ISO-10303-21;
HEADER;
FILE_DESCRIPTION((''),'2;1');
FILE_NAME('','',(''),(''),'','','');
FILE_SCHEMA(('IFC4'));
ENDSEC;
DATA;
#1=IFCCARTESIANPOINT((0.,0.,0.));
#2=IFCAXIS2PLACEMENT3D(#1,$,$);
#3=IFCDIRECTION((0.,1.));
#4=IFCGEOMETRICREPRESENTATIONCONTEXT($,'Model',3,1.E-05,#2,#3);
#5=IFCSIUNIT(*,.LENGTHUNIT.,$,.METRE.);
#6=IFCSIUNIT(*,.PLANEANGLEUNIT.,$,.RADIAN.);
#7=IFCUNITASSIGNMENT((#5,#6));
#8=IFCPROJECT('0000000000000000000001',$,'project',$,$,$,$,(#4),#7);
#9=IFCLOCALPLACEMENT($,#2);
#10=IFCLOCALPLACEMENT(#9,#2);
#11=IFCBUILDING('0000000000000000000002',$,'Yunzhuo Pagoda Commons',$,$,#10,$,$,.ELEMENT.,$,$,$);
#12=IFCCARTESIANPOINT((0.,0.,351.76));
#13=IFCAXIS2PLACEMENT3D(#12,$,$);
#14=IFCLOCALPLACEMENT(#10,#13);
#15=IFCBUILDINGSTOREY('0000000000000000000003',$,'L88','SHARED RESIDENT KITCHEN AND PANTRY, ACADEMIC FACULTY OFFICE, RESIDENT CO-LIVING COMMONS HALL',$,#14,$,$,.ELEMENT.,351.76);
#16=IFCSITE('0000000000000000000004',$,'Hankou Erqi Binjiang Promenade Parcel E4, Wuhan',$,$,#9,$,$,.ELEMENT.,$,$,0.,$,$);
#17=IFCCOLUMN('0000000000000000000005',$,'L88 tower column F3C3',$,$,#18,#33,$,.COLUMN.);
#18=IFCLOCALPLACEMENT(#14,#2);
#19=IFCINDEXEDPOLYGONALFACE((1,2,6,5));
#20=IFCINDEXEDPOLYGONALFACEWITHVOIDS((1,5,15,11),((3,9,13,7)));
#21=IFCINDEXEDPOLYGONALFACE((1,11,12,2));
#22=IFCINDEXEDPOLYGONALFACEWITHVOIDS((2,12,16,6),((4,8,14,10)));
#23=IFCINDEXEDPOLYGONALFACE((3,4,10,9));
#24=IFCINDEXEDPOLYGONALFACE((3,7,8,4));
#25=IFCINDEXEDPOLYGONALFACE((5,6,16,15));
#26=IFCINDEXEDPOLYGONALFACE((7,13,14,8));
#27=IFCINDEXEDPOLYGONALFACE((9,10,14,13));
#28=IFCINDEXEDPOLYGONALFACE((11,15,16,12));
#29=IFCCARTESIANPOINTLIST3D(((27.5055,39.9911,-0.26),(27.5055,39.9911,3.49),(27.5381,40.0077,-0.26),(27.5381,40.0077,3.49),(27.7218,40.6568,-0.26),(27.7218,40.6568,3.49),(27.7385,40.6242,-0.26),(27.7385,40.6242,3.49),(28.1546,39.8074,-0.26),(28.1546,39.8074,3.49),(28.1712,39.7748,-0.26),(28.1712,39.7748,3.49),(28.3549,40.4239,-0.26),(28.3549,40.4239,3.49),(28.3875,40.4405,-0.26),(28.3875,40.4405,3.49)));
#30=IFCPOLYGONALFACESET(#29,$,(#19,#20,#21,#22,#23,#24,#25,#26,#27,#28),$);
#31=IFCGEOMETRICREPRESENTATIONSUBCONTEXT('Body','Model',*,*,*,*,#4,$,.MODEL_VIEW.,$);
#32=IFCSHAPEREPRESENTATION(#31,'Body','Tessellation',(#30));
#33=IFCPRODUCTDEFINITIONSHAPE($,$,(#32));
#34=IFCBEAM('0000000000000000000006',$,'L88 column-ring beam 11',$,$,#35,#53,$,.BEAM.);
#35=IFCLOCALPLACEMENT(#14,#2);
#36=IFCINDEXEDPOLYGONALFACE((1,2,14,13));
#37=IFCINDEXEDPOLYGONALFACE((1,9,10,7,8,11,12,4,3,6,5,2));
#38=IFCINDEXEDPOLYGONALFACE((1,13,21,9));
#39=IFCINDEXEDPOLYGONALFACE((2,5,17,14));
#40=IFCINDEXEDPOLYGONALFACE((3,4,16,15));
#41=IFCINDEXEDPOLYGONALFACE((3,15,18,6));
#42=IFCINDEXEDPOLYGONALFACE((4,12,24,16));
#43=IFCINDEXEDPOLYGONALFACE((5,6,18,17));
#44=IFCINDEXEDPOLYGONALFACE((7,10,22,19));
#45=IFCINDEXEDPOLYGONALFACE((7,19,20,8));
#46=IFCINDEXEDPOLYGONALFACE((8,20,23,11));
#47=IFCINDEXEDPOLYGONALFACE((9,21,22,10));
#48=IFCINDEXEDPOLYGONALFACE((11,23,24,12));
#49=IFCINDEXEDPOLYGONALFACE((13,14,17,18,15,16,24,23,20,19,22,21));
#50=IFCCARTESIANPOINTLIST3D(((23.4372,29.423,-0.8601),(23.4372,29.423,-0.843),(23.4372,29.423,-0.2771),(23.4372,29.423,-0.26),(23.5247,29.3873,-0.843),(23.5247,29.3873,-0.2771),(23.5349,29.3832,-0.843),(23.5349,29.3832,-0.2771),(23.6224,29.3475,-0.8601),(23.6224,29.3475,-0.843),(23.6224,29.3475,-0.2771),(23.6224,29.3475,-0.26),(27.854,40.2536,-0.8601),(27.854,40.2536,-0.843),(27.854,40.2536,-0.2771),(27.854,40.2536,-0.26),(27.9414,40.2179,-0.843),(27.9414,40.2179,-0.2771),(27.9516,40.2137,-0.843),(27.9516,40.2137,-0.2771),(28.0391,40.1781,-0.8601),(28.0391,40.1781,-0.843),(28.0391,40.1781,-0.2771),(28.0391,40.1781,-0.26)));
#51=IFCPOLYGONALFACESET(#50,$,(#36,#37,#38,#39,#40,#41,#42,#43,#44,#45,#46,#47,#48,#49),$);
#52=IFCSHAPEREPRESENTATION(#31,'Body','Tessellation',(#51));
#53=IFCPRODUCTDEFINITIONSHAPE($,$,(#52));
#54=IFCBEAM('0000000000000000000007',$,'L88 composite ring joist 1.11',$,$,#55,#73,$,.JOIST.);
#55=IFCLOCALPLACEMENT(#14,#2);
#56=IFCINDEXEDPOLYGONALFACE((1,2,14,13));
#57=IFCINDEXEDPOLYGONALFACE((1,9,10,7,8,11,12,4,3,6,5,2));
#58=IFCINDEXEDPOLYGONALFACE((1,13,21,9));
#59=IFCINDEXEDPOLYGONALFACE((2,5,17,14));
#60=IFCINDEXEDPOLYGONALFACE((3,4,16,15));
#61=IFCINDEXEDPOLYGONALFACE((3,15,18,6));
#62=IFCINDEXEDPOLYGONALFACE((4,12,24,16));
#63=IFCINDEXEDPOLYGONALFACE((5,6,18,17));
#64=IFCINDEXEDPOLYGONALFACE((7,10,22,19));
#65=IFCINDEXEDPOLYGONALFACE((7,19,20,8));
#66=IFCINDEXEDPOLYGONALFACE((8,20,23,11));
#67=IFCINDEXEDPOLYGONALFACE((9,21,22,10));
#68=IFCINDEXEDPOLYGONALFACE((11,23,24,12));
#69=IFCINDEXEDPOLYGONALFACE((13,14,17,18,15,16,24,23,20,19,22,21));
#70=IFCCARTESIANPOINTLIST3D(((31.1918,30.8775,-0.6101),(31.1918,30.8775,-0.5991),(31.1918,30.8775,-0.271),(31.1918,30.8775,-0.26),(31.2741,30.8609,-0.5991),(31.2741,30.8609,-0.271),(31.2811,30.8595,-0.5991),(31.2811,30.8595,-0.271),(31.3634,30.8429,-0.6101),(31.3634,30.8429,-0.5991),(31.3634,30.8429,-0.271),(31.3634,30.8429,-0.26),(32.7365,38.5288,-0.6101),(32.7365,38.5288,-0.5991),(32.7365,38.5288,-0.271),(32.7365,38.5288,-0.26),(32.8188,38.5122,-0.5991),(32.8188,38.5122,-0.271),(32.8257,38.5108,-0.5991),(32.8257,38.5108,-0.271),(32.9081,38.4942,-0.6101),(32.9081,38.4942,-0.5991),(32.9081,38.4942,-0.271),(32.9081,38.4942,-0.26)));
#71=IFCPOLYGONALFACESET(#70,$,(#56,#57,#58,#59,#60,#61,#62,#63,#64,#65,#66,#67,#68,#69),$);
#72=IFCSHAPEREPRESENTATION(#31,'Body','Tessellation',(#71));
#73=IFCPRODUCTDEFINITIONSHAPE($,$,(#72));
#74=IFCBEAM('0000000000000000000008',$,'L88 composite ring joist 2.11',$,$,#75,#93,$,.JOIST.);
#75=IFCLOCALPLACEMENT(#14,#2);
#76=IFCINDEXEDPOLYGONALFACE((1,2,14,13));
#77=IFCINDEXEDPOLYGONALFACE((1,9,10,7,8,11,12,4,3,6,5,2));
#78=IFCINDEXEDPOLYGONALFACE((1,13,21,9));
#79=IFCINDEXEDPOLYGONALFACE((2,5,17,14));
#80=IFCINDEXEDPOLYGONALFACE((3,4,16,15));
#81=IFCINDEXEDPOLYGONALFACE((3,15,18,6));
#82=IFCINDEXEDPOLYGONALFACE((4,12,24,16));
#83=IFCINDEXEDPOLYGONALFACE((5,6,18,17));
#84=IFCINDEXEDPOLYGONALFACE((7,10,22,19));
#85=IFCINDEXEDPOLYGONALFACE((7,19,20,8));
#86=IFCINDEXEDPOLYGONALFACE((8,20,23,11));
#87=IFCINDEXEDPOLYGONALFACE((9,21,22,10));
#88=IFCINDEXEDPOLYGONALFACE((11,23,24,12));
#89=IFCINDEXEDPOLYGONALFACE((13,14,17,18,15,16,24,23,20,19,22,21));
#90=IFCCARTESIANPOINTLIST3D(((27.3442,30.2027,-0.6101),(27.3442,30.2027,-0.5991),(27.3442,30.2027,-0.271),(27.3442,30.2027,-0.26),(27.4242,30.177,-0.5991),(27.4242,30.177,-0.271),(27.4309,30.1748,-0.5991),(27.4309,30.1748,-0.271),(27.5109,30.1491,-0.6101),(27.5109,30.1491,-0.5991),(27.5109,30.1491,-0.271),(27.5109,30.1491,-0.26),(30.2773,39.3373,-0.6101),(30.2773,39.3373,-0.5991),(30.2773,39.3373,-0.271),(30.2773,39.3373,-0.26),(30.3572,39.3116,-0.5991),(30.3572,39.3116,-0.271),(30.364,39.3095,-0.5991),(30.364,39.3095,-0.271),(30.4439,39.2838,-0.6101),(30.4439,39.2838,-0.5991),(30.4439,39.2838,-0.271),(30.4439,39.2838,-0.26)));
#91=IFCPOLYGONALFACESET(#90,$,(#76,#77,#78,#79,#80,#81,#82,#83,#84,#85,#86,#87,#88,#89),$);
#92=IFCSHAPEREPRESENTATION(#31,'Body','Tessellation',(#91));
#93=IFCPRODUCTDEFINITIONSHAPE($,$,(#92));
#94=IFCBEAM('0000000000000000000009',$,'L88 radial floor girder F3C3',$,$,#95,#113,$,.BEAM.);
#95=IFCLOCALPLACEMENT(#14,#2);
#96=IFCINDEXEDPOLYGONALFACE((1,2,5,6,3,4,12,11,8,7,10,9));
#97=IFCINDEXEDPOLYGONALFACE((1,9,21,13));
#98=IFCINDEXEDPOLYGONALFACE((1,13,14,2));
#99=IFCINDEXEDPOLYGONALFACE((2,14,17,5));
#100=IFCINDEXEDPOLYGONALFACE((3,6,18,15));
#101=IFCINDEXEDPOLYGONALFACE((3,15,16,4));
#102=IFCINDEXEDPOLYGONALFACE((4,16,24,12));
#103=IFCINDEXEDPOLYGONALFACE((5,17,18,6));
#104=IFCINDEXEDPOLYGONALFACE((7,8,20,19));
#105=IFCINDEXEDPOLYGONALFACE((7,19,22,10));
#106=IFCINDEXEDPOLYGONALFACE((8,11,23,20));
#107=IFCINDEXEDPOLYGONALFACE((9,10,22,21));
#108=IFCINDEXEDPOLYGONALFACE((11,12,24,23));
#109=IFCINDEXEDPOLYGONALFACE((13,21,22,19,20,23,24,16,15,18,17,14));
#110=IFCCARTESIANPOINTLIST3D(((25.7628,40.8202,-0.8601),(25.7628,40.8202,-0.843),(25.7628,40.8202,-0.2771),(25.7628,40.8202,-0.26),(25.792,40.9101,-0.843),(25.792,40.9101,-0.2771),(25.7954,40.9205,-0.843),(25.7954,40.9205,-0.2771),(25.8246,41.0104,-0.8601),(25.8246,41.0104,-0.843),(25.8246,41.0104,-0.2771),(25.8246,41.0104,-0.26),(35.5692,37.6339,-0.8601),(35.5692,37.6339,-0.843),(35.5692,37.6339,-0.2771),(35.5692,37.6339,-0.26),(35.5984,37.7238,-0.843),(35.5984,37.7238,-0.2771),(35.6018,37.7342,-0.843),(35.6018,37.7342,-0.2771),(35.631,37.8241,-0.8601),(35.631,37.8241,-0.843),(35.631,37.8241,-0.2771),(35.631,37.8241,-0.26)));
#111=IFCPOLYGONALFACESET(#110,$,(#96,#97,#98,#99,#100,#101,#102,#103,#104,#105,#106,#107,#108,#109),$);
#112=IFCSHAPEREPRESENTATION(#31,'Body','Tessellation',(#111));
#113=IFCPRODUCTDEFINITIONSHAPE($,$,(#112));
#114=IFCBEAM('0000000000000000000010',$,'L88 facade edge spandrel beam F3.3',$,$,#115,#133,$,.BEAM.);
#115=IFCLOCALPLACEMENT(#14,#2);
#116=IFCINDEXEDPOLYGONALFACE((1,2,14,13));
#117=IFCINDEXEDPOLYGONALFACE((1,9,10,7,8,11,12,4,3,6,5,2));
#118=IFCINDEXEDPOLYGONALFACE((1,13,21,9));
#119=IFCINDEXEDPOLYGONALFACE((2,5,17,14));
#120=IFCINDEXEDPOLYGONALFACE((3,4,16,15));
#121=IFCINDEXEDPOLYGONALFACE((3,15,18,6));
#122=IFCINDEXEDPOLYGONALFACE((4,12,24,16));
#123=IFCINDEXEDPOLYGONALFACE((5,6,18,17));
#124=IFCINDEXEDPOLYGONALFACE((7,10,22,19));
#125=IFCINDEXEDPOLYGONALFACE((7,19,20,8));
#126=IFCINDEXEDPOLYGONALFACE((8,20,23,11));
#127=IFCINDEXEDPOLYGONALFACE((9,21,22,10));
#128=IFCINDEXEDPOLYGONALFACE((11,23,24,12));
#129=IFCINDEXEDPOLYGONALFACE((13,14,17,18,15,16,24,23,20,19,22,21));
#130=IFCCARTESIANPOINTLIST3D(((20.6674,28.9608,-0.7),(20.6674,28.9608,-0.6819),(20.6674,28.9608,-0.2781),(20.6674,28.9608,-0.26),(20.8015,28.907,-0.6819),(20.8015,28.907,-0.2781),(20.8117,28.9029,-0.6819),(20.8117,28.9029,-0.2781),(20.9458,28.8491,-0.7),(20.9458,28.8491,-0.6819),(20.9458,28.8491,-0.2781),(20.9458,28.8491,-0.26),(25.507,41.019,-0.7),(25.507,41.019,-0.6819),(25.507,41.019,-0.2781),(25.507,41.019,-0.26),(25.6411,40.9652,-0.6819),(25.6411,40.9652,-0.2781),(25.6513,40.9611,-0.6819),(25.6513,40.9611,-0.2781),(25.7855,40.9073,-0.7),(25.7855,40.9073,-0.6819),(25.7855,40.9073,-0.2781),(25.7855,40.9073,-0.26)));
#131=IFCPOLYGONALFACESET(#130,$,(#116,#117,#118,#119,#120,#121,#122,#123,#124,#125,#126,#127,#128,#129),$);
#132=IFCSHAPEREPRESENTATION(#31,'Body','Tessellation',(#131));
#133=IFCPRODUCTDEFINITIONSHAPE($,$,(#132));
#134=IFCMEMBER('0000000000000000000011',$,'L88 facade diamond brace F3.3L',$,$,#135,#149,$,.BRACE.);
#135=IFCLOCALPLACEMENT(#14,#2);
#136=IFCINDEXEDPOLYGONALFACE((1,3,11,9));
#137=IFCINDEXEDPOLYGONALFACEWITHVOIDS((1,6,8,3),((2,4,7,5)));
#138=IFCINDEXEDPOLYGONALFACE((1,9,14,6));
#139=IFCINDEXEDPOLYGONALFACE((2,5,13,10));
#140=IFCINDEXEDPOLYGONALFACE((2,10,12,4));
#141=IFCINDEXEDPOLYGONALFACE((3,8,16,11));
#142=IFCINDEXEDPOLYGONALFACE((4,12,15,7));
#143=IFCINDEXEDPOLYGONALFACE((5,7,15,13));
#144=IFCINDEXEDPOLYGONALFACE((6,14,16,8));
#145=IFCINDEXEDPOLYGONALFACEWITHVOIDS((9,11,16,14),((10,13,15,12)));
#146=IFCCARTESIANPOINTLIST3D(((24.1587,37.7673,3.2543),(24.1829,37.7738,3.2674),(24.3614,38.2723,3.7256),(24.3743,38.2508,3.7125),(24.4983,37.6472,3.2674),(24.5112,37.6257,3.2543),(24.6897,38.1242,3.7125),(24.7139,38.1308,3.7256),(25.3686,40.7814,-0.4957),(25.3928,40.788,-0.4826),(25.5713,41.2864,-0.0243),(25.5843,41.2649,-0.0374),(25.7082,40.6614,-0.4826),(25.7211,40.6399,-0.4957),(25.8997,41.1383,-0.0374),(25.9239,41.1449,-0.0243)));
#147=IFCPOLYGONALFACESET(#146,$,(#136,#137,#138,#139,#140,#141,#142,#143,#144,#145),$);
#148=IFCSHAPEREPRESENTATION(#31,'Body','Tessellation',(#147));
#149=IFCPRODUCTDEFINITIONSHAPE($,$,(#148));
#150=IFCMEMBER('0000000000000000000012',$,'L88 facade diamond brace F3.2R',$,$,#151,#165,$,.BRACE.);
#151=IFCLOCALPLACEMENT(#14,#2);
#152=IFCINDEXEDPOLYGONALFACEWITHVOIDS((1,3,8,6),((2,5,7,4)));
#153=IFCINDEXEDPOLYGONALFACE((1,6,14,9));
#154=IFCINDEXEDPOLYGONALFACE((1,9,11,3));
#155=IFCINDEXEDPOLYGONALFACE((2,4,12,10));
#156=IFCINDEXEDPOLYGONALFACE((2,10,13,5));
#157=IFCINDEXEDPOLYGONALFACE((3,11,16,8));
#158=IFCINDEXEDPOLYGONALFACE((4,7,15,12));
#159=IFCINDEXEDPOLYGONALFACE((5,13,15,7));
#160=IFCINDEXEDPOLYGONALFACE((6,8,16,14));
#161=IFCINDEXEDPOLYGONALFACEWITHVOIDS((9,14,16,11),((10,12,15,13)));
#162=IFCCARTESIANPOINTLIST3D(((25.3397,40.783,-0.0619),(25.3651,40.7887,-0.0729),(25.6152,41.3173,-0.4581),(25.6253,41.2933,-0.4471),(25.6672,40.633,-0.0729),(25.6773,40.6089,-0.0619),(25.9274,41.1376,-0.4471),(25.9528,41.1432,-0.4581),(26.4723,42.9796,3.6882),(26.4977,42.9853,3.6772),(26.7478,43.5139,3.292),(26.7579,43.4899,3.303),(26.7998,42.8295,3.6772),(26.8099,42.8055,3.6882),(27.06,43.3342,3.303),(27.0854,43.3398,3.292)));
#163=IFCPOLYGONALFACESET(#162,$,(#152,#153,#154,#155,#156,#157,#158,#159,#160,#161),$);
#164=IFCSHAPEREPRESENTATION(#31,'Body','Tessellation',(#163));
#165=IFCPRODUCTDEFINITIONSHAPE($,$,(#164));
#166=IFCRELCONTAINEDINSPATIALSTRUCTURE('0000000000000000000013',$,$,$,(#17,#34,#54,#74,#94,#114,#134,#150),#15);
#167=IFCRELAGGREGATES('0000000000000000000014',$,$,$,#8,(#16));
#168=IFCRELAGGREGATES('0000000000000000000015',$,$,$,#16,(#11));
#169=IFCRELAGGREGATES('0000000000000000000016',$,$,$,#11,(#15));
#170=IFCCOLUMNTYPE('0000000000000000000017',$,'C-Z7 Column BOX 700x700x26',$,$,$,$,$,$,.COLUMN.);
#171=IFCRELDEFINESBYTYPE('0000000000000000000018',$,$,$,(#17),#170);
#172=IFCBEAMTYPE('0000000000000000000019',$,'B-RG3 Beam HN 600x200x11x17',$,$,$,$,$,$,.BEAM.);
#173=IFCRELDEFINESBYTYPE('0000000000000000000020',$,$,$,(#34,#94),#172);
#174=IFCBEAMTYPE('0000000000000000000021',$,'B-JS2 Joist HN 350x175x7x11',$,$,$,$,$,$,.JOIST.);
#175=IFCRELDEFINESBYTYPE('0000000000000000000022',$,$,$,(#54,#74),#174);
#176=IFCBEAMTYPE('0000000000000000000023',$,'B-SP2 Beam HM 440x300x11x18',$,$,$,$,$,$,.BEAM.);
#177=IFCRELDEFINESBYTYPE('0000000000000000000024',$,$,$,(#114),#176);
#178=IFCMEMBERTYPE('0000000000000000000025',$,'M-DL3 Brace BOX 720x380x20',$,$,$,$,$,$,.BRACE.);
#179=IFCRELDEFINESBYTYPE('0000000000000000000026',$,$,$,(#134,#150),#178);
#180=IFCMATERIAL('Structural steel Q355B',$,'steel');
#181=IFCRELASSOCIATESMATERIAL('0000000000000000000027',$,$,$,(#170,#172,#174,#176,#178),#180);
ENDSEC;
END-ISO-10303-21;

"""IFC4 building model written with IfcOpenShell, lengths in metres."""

from ifc_helpers import new_model, si_unit, direction, frame, origin, origin_2d, place, context, subcontext, project, spatial, hollow_rectangle, i_section, extrude, source, transform, mapped, material, material_profile, profile_set, type_object, element, save


model = new_model("IFC4")

# Units and contexts
model_context = context("Model", 3, precision=1e-05, world=origin(), true_north=direction((0.0, 1.0)))
body_context = subcontext(model_context, "Body", "Model", "MODEL_VIEW")
ifc_project = project(units=[si_unit("LENGTHUNIT", "METRE"), si_unit("PLANEANGLEUNIT", "RADIAN")], contexts=[model_context])

# Site, building, storey
site_placement = place(None, origin())
site = spatial("IfcSite", under=ifc_project, at=site_placement, Name="Hankou Erqi Binjiang Promenade Parcel E4, Wuhan", CompositionType="ELEMENT", RefElevation=0.0)
building_placement = place(site_placement, origin())
building = spatial("IfcBuilding", under=site, at=building_placement, Name="Yunzhuo Pagoda Commons", CompositionType="ELEMENT")
storey_placement = place(building_placement, frame((0.0, 0.0, 351.76)))
storey = spatial("IfcBuildingStorey", under=building, at=storey_placement, Name="L88", Description="SHARED RESIDENT KITCHEN AND PANTRY, ACADEMIC FACULTY OFFICE, RESIDENT CO-LIVING COMMONS HALL", CompositionType="ELEMENT", Elevation=351.76)

# Column
ifc_material_1 = material(Name="Structural steel Q355B", Category="steel")
ifc_material_profile_1 = material_profile(ifc_material_1, hollow_rectangle(XDim=0.7, YDim=0.7, WallThickness=0.0259, at=origin_2d()), Name="Structural steel Q355B")
ifc_profile_set_1 = profile_set([ifc_material_profile_1], Name="Structural steel Q355B")
column_type = type_object("IfcColumnType", Name="C-Z7 Column BOX 700x700x26", PredefinedType="COLUMN", material=ifc_profile_set_1)
shared_shape_1 = source(origin(), body_context, "Body", "SweptSolid", [
    extrude(hollow_rectangle(XDim=0.7, YDim=0.7, WallThickness=0.0259, at=origin_2d()), origin(), (0.0, 0.0, 1.0), 3.75),
])
column_placement = place(storey_placement, frame((27.9465, 40.2158, -0.26), z_axis=(0.0, 0.0, 1.0), x_axis=(-0.309017, -0.951057, 0.0)))
element("IfcColumn", 1, at=column_placement, inside=storey, type_object=column_type, Name="L88 tower column F3C3", PredefinedType="COLUMN", context=body_context, shape_type="MappedRepresentation", body=[
    mapped(shared_shape_1, transform((0.0, 0.0, 0.0), scale=1.0)),
])

# Beams
ifc_material_profile_2 = material_profile(ifc_material_1, i_section(OverallWidth=0.2, OverallDepth=0.6001, WebThickness=0.011, FlangeThickness=0.0171, at=origin_2d()), Name="Structural steel Q355B")
ifc_profile_set_2 = profile_set([ifc_material_profile_2], Name="Structural steel Q355B")
beam_type_1 = type_object("IfcBeamType", Name="B-RG3 Beam HN 600x200x11x17", PredefinedType="BEAM", material=ifc_profile_set_2)
shared_shape_2 = source(origin(), body_context, "Body", "SweptSolid", [
    extrude(i_section(OverallWidth=0.2, OverallDepth=0.6001, WebThickness=0.011, FlangeThickness=0.0171, at=origin_2d()), origin(), (0.0, 0.0, 1.0), 11.6965),
])
beam_1_placement = place(storey_placement, frame((27.9465, 40.2158, -0.5601), z_axis=(-0.377612, -0.925964, 0.0), x_axis=(0.925964, -0.377612, 0.0)))
element("IfcBeam", 2, at=beam_1_placement, inside=storey, type_object=beam_type_1, Name="L88 column-ring beam 11", PredefinedType="BEAM", context=body_context, shape_type="MappedRepresentation", body=[
    mapped(shared_shape_2, transform((0.0, 0.0, 0.0), scale=1.0)),
])
ifc_material_profile_3 = material_profile(ifc_material_1, i_section(OverallWidth=0.175, OverallDepth=0.3501, WebThickness=0.0071, FlangeThickness=0.011, at=origin_2d()), Name="Structural steel Q355B")
ifc_profile_set_3 = profile_set([ifc_material_profile_3], Name="Structural steel Q355B")
beam_type_2 = type_object("IfcBeamType", Name="B-JS2 Joist HN 350x175x7x11", PredefinedType="JOIST", material=ifc_profile_set_3)
shared_shape_3 = source(origin(), body_context, "Body", "SweptSolid", [
    extrude(i_section(OverallWidth=0.175, OverallDepth=0.3501, WebThickness=0.0071, FlangeThickness=0.011, at=origin_2d()), origin(), (0.0, 0.0, 1.0), 7.8057),
])
beam_2_placement = place(storey_placement, frame((32.8223, 38.5115, -0.4351), z_axis=(-0.19789, -0.980224, 0.0), x_axis=(0.980224, -0.19789, 0.0)))
element("IfcBeam", 3, at=beam_2_placement, inside=storey, type_object=beam_type_2, Name="L88 composite ring joist 1.11", PredefinedType="JOIST", context=body_context, shape_type="MappedRepresentation", body=[
    mapped(shared_shape_3, transform((0.0, 0.0, 0.0), scale=1.0)),
])
shared_shape_4 = source(origin(), body_context, "Body", "SweptSolid", [
    extrude(i_section(OverallWidth=0.175, OverallDepth=0.3501, WebThickness=0.0071, FlangeThickness=0.011, at=origin_2d()), origin(), (0.0, 0.0, 1.0), 9.594),
])
beam_3_placement = place(storey_placement, frame((30.3606, 39.3105, -0.4351), z_axis=(-0.305719, -0.952122, 0.0), x_axis=(0.952122, -0.305719, 0.0)))
element("IfcBeam", 4, at=beam_3_placement, inside=storey, type_object=beam_type_2, Name="L88 composite ring joist 2.11", PredefinedType="JOIST", context=body_context, shape_type="MappedRepresentation", body=[
    mapped(shared_shape_4, transform((0.0, 0.0, 0.0), scale=1.0)),
])
shared_shape_5 = source(origin(), body_context, "Body", "SweptSolid", [
    extrude(i_section(OverallWidth=0.2, OverallDepth=0.6001, WebThickness=0.011, FlangeThickness=0.0171, at=origin_2d()), origin(), (0.0, 0.0, 1.0), 10.311),
])
beam_4_placement = place(storey_placement, frame((25.7937, 40.9153, -0.5601), z_axis=(0.951057, -0.309016, 0.0), x_axis=(0.309016, 0.951057, 0.0)))
element("IfcBeam", 5, at=beam_4_placement, inside=storey, type_object=beam_type_1, Name="L88 radial floor girder F3C3", PredefinedType="BEAM", context=body_context, shape_type="MappedRepresentation", body=[
    mapped(shared_shape_5, transform((0.0, 0.0, 0.0), scale=1.0)),
])
ifc_material_profile_4 = material_profile(ifc_material_1, i_section(OverallWidth=0.3, OverallDepth=0.4399, WebThickness=0.011, FlangeThickness=0.0181, at=origin_2d()), Name="Structural steel Q355B")
ifc_profile_set_4 = profile_set([ifc_material_profile_4], Name="Structural steel Q355B")
beam_type_3 = type_object("IfcBeamType", Name="B-SP2 Beam HM 440x300x11x18", PredefinedType="BEAM", material=ifc_profile_set_4)
shared_shape_6 = source(origin(), body_context, "Body", "SweptSolid", [
    extrude(i_section(OverallWidth=0.3, OverallDepth=0.4399, WebThickness=0.011, FlangeThickness=0.0181, at=origin_2d()), origin(), (0.0, 0.0, 1.0), 12.9932),
])
beam_5_placement = place(storey_placement, frame((25.6462, 40.9631, -0.48), z_axis=(-0.372476, -0.928042, 0.0), x_axis=(0.928042, -0.372476, 0.0)))
element("IfcBeam", 6, at=beam_5_placement, inside=storey, type_object=beam_type_3, Name="L88 facade edge spandrel beam F3.3", PredefinedType="BEAM", context=body_context, shape_type="MappedRepresentation", body=[
    mapped(shared_shape_6, transform((0.0, 0.0, 0.0), scale=1.0)),
])

# Members
ifc_material_profile_5 = material_profile(ifc_material_1, hollow_rectangle(XDim=0.3799, YDim=0.72, WallThickness=0.02, at=origin_2d()), Name="Structural steel Q355B")
ifc_profile_set_5 = profile_set([ifc_material_profile_5], Name="Structural steel Q355B")
member_type_1 = type_object("IfcMemberType", Name="M-DL3 Brace BOX 720x380x20", PredefinedType="BRACE", material=ifc_profile_set_5)
shared_shape_7 = source(origin(), body_context, "Body", "SweptSolid", [
    extrude(hollow_rectangle(XDim=0.3799, YDim=0.72, WallThickness=0.02, at=origin_2d()), origin(), (0.0, 0.0, 1.0), 4.9609),
])
member_1_placement = place(storey_placement, frame((25.6462, 40.9631, -0.26), z_axis=(-0.243894, -0.607569, 0.755894), x_axis=(0.92802, -0.372531, 0.0)))
element("IfcMember", 7, at=member_1_placement, inside=storey, type_object=member_type_1, Name="L88 facade diamond brace F3.3L", PredefinedType="BRACE", context=body_context, shape_type="MappedRepresentation", body=[
    mapped(shared_shape_7, transform((0.0, 0.0, 0.0), scale=1.0)),
])
shared_shape_8 = source(origin(), body_context, "Body", "SweptSolid", [
    extrude(hollow_rectangle(XDim=0.3799, YDim=0.72, WallThickness=0.02, at=origin_2d()), origin(), (0.0, 0.0, 1.0), 4.4912),
])
member_2_placement = place(storey_placement, frame((25.6462, 40.9631, -0.26), z_axis=(0.252181, 0.489086, 0.834985), x_axis=(-0.888806, 0.458283, 0.0)))
element("IfcMember", 8, at=member_2_placement, inside=storey, type_object=member_type_1, Name="L88 facade diamond brace F3.2R", PredefinedType="BRACE", context=body_context, shape_type="MappedRepresentation", body=[
    mapped(shared_shape_8, transform((0.0, 0.0, 0.0), scale=1.0)),
])

save(model, "model.ifc")
